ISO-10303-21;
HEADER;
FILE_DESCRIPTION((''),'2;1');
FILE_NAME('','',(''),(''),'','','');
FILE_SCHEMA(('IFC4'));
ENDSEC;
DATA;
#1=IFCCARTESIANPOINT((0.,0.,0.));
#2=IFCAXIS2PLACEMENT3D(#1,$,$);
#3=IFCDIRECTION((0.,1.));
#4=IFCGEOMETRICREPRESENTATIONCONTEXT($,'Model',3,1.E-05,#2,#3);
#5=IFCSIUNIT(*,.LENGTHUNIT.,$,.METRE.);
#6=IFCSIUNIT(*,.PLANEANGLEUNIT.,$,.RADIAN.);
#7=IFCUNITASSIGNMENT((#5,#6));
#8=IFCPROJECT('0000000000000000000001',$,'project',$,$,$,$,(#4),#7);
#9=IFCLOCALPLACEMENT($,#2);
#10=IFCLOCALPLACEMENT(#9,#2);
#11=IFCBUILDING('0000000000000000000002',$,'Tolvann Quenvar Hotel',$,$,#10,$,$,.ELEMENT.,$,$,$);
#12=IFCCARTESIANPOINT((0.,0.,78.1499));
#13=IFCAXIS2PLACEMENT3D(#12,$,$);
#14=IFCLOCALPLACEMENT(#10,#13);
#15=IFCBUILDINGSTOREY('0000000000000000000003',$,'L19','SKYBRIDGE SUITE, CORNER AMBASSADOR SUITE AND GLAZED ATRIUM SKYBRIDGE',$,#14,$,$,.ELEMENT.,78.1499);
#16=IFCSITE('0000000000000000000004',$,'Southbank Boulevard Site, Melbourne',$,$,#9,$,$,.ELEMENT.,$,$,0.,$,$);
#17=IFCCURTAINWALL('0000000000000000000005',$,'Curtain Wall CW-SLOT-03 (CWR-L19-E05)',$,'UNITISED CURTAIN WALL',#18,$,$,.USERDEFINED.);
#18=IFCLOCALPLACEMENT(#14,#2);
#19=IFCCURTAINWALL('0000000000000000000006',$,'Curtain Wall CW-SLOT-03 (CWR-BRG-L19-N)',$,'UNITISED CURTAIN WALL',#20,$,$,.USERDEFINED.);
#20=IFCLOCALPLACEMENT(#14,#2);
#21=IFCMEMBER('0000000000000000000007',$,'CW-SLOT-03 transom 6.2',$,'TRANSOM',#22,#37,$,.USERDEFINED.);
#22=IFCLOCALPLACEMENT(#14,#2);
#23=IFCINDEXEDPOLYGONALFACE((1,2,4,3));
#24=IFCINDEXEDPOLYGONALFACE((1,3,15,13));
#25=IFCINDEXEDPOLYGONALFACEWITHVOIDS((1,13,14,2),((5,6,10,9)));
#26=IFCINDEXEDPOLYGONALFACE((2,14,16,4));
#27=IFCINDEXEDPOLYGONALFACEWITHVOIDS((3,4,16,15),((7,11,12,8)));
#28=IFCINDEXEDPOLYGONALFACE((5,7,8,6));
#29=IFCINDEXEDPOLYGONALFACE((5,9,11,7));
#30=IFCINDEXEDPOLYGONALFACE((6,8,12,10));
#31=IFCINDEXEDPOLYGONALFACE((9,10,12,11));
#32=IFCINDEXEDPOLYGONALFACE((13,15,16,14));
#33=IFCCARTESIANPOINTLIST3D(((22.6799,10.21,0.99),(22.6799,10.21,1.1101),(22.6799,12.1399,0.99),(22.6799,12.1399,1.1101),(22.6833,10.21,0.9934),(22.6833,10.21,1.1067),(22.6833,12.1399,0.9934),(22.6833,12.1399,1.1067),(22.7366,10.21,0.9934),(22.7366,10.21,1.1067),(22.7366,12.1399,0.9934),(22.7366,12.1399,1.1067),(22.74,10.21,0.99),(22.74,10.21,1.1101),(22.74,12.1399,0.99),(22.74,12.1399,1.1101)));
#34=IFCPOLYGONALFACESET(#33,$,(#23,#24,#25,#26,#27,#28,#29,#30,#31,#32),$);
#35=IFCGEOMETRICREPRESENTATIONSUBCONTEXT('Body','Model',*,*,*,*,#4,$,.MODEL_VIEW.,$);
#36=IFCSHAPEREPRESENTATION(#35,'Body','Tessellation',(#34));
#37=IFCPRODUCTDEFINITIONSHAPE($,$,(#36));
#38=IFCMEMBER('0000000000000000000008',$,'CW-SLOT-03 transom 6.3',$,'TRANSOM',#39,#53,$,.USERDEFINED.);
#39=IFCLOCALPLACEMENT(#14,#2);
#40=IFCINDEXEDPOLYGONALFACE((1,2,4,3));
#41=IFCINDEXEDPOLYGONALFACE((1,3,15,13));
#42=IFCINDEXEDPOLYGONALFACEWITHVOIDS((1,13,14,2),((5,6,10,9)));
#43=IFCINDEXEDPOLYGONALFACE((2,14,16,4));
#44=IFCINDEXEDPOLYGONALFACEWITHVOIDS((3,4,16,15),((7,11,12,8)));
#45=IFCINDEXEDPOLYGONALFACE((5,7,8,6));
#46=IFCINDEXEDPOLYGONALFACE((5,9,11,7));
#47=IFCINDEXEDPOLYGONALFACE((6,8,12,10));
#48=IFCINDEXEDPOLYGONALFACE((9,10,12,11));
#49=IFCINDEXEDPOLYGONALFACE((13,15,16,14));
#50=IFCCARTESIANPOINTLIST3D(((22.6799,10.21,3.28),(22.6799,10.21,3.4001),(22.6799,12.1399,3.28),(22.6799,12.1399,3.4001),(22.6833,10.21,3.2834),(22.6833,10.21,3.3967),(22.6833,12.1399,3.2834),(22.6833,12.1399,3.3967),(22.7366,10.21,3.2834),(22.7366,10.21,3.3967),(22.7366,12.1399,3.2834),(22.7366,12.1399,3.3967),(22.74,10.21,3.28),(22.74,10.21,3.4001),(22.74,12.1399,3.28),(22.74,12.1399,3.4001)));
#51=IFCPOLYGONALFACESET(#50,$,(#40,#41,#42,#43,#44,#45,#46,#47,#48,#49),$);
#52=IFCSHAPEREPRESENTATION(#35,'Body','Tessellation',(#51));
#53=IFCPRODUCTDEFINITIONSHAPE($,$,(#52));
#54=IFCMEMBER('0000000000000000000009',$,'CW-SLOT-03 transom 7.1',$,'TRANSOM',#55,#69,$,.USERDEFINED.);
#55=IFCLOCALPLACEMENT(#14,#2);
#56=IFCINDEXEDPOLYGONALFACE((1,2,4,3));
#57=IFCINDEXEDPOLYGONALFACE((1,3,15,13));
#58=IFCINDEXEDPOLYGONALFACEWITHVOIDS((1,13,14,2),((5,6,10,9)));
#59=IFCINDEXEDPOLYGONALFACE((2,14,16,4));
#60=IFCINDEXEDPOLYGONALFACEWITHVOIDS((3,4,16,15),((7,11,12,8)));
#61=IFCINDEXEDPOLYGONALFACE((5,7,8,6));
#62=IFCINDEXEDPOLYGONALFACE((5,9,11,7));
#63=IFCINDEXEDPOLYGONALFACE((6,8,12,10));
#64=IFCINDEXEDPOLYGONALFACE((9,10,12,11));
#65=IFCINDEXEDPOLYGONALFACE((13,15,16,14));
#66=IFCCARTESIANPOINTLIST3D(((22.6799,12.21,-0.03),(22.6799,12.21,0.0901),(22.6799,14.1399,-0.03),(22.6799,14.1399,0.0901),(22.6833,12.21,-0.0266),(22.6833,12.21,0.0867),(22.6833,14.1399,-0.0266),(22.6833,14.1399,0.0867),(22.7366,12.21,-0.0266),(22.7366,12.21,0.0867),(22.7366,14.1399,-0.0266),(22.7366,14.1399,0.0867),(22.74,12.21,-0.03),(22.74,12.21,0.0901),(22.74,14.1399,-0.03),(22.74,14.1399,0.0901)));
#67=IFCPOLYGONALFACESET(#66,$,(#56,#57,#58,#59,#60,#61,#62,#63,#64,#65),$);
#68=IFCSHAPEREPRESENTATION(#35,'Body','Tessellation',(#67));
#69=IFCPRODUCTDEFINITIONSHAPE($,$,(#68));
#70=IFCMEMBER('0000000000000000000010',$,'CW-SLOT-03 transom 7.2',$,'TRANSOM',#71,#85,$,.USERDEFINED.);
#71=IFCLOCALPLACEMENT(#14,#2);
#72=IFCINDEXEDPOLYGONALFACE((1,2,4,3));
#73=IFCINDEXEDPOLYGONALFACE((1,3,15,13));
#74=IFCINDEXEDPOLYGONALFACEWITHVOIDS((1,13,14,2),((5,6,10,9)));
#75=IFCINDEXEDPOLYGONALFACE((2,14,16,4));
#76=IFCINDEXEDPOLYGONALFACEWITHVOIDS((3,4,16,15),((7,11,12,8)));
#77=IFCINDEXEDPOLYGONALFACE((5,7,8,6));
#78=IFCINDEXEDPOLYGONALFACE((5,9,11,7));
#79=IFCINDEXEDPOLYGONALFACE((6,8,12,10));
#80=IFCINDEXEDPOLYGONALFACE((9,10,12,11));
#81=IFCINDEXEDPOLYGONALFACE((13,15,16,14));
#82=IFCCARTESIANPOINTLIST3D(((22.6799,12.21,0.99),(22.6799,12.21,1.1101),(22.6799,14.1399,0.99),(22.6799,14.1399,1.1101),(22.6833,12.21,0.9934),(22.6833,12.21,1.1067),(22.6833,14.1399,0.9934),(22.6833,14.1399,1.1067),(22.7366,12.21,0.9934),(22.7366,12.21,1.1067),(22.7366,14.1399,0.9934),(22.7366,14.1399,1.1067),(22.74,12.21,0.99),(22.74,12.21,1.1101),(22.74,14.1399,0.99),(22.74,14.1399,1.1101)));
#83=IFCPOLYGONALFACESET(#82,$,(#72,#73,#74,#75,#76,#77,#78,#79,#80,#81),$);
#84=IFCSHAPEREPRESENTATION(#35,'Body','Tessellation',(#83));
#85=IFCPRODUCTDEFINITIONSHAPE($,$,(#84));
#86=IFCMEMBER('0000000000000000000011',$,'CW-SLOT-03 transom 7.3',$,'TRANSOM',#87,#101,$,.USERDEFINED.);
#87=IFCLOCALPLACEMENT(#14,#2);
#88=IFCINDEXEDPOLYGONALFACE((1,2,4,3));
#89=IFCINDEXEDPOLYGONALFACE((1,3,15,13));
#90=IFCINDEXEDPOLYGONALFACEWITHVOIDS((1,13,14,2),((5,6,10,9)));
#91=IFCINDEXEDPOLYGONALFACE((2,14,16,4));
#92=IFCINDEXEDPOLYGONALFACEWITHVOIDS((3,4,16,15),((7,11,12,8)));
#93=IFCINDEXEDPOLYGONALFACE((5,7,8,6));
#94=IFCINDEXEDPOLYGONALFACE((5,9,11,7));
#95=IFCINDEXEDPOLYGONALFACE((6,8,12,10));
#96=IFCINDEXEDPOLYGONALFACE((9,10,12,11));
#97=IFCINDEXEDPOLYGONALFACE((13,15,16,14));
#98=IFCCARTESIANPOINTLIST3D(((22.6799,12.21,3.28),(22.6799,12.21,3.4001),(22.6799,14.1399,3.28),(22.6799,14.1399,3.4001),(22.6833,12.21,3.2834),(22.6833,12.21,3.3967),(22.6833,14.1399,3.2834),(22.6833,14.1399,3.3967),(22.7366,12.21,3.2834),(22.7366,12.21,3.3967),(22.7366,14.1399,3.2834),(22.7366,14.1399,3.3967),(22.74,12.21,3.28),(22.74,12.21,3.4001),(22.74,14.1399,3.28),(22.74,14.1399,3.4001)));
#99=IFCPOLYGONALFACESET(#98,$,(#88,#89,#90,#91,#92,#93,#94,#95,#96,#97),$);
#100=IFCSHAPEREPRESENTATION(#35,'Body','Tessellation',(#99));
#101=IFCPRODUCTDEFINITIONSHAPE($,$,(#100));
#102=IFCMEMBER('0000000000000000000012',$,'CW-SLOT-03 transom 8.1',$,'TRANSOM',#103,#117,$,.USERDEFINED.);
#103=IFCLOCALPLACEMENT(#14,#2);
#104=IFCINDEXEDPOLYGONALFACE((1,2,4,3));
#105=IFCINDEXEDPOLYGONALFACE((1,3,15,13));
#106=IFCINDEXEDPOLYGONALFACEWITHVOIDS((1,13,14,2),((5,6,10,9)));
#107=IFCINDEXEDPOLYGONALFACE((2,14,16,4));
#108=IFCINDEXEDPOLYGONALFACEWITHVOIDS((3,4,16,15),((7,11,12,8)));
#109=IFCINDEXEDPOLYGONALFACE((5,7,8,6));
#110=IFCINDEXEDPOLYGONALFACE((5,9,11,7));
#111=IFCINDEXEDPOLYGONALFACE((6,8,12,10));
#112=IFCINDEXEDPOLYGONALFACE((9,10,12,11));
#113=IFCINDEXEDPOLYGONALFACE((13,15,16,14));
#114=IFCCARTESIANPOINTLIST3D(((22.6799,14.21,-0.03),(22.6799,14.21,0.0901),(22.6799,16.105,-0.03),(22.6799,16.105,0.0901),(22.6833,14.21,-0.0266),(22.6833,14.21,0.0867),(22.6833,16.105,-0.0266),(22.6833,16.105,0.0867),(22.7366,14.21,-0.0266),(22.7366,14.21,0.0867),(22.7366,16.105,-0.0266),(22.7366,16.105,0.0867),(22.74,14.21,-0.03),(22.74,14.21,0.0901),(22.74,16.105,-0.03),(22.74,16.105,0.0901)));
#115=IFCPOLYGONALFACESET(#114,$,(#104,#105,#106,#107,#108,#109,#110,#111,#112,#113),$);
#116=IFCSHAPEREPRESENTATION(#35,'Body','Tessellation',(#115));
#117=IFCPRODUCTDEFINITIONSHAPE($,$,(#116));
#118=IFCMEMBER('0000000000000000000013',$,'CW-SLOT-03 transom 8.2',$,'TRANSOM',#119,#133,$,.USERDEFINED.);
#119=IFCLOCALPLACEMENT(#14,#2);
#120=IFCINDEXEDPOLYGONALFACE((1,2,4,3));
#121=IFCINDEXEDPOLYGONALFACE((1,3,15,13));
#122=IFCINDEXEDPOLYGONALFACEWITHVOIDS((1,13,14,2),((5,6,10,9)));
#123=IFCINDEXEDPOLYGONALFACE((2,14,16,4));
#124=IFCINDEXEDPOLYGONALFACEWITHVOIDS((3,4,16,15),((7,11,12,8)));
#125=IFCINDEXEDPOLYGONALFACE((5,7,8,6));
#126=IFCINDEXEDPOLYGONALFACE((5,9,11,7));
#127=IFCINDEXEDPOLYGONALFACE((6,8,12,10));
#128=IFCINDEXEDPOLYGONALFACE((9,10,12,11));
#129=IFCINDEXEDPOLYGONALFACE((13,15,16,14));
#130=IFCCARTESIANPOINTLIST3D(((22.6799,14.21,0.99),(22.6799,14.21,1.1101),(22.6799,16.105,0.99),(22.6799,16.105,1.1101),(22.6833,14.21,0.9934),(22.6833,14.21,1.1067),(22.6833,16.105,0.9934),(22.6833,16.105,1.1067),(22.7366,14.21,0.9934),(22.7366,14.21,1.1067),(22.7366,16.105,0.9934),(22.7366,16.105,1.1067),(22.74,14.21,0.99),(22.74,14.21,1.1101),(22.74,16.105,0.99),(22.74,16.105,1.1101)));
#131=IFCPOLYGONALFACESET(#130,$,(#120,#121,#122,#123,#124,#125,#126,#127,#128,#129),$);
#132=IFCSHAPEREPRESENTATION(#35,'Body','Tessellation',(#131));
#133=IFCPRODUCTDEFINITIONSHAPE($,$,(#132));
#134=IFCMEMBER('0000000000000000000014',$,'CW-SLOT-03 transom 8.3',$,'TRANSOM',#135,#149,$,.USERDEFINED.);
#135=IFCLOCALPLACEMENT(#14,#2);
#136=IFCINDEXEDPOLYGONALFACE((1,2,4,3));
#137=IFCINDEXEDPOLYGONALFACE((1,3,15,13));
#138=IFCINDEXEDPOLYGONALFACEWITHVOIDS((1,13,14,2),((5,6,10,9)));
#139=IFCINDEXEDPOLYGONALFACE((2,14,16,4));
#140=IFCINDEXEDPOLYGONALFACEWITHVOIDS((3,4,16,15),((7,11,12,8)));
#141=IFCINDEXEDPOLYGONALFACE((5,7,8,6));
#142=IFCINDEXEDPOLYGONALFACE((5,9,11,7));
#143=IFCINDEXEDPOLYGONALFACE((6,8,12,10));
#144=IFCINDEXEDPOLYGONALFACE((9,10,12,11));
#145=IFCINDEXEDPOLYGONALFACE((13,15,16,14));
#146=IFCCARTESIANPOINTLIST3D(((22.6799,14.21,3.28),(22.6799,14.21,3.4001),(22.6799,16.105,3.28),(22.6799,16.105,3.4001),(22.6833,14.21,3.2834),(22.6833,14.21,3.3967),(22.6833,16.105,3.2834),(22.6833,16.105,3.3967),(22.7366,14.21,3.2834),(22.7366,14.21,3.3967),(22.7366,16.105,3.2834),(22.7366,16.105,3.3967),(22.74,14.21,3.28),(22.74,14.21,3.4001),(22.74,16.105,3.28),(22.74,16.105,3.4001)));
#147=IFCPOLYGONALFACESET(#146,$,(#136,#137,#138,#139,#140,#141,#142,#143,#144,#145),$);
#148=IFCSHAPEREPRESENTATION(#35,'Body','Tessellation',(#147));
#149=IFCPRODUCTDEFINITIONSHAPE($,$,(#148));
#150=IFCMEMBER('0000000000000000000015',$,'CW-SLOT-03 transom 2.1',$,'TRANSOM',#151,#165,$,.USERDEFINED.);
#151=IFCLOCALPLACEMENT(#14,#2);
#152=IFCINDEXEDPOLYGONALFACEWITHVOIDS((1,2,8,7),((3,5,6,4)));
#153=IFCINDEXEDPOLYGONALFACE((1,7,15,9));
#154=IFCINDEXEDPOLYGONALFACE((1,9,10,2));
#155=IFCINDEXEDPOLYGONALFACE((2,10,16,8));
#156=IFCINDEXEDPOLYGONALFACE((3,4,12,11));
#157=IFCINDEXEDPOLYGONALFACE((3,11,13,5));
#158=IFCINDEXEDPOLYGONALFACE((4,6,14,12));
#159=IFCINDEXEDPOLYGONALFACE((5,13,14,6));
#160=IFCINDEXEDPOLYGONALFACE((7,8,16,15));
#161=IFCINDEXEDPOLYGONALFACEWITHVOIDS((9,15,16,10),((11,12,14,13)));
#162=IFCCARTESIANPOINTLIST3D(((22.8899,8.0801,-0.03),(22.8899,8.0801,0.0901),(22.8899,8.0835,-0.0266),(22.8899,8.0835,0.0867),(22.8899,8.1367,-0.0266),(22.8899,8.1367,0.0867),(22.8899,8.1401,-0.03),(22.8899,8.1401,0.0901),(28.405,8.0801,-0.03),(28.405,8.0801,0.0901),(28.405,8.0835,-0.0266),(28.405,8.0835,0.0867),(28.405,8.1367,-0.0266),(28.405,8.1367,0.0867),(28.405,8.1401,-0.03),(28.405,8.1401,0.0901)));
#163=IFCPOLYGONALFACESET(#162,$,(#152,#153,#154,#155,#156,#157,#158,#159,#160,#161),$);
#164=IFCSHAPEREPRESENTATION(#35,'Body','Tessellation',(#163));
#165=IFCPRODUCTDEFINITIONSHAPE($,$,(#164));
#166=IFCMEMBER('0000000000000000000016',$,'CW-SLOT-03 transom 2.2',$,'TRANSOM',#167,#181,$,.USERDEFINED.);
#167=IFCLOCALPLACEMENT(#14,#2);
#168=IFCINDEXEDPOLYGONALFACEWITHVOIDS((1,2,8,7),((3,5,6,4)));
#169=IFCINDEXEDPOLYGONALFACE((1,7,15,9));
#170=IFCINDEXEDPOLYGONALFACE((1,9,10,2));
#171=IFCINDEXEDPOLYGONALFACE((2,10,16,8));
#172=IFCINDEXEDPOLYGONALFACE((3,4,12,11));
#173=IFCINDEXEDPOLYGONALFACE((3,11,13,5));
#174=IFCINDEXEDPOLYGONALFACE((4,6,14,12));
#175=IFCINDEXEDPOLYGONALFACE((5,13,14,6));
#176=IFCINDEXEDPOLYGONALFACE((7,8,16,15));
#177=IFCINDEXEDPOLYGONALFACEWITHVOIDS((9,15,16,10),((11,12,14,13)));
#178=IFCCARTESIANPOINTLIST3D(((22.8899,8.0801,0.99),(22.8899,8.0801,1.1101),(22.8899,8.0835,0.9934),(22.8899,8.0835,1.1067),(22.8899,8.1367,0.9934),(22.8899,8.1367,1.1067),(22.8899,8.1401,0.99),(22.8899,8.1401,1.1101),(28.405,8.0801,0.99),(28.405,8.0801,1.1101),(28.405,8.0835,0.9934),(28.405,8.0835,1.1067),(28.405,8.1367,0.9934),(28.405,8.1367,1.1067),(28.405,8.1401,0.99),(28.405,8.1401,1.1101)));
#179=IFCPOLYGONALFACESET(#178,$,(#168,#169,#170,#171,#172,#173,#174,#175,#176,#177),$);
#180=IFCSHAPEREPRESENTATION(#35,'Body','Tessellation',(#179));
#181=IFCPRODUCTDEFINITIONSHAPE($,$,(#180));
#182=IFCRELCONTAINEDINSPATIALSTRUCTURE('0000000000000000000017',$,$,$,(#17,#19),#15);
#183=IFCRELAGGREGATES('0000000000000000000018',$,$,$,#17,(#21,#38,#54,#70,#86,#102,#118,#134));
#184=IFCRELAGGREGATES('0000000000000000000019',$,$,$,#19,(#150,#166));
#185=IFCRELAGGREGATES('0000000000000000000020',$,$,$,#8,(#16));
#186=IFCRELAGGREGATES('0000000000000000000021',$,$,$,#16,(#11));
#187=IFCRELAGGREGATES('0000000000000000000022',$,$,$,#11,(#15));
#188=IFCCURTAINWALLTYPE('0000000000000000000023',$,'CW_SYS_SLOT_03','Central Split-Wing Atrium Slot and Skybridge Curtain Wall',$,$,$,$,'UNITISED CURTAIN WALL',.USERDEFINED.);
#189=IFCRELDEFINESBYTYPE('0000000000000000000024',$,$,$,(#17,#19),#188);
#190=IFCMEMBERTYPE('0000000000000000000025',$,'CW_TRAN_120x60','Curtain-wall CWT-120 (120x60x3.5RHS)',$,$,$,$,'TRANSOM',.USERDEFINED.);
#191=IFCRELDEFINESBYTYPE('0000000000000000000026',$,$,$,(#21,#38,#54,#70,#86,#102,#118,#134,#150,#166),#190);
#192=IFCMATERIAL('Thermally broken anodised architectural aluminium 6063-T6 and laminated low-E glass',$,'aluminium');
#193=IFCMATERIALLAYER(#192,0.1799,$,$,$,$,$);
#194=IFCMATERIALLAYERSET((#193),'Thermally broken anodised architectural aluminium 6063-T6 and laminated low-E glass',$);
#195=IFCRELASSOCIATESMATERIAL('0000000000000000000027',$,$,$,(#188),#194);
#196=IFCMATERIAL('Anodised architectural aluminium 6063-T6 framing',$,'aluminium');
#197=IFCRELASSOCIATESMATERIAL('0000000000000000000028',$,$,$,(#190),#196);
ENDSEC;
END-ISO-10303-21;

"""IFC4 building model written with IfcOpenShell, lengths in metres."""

from ifc_helpers import new_model, si_unit, direction, frame, origin, origin_2d, place, context, subcontext, project, spatial, hollow_rectangle, extrude, source, transform, mapped, material, layer, layer_set, material_profile, profile_set, type_object, type_shapes, element, aggregate, save


model = new_model("IFC4")

# Units and contexts
model_context = context("Model", 3, precision=1e-05, world=origin(), true_north=direction((0.0, 1.0)))
body_context = subcontext(model_context, "Body", "Model", "MODEL_VIEW")
ifc_project = project(units=[si_unit("LENGTHUNIT", "METRE"), si_unit("PLANEANGLEUNIT", "RADIAN")], contexts=[model_context])

# Site, building, storey
site_placement = place(None, origin())
site = spatial("IfcSite", under=ifc_project, at=site_placement, Name="Southbank Boulevard Site, Melbourne", CompositionType="ELEMENT", RefElevation=0.0)
building_placement = place(site_placement, origin())
building = spatial("IfcBuilding", under=site, at=building_placement, Name="Tolvann Quenvar Hotel", CompositionType="ELEMENT")
storey_placement = place(building_placement, frame((0.0, 0.0, 78.1499)))
storey = spatial("IfcBuildingStorey", under=building, at=storey_placement, Name="L19", Description="SKYBRIDGE SUITE, CORNER AMBASSADOR SUITE AND GLAZED ATRIUM SKYBRIDGE", CompositionType="ELEMENT", Elevation=78.1499)

# Curtain walls
ifc_material_1 = material(Name="Thermally broken anodised architectural aluminium 6063-T6 and laminated low-E glass", Category="aluminium")
ifc_layer_1 = layer(ifc_material_1, 0.1799)
ifc_layer_set_1 = layer_set([ifc_layer_1], Name="Thermally broken anodised architectural aluminium 6063-T6 and laminated low-E glass")
curtain_wall_type = type_object("IfcCurtainWallType", Name="CW_SYS_SLOT_03", Description="Central Split-Wing Atrium Slot and Skybridge Curtain Wall", ElementType="UNITISED CURTAIN WALL", PredefinedType="USERDEFINED", material=ifc_layer_set_1)
curtain_wall_1_placement = place(storey_placement, origin())
curtain_wall_1 = element("IfcCurtainWall", 1, at=curtain_wall_1_placement, inside=storey, type_object=curtain_wall_type, Name="Curtain Wall CW-SLOT-03 (CWR-L19-E05)", ObjectType="UNITISED CURTAIN WALL", PredefinedType="USERDEFINED")
ifc_material_2 = material(Name="Anodised architectural aluminium 6063-T6 framing", Category="aluminium")
curtain_wall_2_placement = place(storey_placement, origin())
curtain_wall_2 = element("IfcCurtainWall", 2, at=curtain_wall_2_placement, inside=storey, type_object=curtain_wall_type, Name="Curtain Wall CW-SLOT-03 (CWR-BRG-L19-N)", ObjectType="UNITISED CURTAIN WALL", PredefinedType="USERDEFINED")

# Members
ifc_material_profile_1 = material_profile(ifc_material_2, hollow_rectangle(XDim=0.0601, YDim=0.1201, WallThickness=0.0034, at=origin_2d()), Name="120x60x3.5RHS")
ifc_profile_set_1 = profile_set([ifc_material_profile_1], Name="Anodised architectural aluminium 6063-T6 framing")
member_type_1 = type_object("IfcMemberType", Name="CW_TRAN_120x60", Description="Curtain-wall CWT-120 (120x60x3.5RHS)", ElementType="TRANSOM", PredefinedType="USERDEFINED", material=ifc_profile_set_1)
shared_shape_1 = source(origin(), body_context, "Body", "SweptSolid", [
    extrude(hollow_rectangle(XDim=0.0601, YDim=0.1201, WallThickness=0.0034, at=origin_2d()), origin(), (0.0, 0.0, 1.0), 1.9299),
])
member_1_placement = place(storey_placement, frame((22.71, 10.21, 1.05), z_axis=(0.0, 1.0, 0.0), x_axis=(-1.0, 0.0, 0.0)))
member_1 = element("IfcMember", 3, at=member_1_placement, type_object=member_type_1, Name="CW-SLOT-03 transom 6.2", ObjectType="TRANSOM", PredefinedType="USERDEFINED", context=body_context, shape_type="MappedRepresentation", body=[
    mapped(shared_shape_1, transform((0.0, 0.0, 0.0), x_axis=(1.0, 0.0, 0.0), y_axis=(0.0, 1.0, 0.0), z_axis=(0.0, 0.0, 1.0), scale=1.0)),
])
member_2_placement = place(storey_placement, frame((22.71, 10.21, 3.3401), z_axis=(0.0, 1.0, 0.0), x_axis=(-1.0, 0.0, 0.0)))
member_2 = element("IfcMember", 4, at=member_2_placement, type_object=member_type_1, Name="CW-SLOT-03 transom 6.3", ObjectType="TRANSOM", PredefinedType="USERDEFINED", context=body_context, shape_type="MappedRepresentation", body=[
    mapped(shared_shape_1, transform((0.0, 0.0, 0.0), x_axis=(1.0, 0.0, 0.0), y_axis=(0.0, 1.0, 0.0), z_axis=(0.0, 0.0, 1.0), scale=1.0)),
])
member_3_placement = place(storey_placement, frame((22.71, 12.21, 0.03), z_axis=(0.0, 1.0, 0.0), x_axis=(-1.0, 0.0, 0.0)))
member_3 = element("IfcMember", 5, at=member_3_placement, type_object=member_type_1, Name="CW-SLOT-03 transom 7.1", ObjectType="TRANSOM", PredefinedType="USERDEFINED", context=body_context, shape_type="MappedRepresentation", body=[
    mapped(shared_shape_1, transform((0.0, 0.0, 0.0), x_axis=(1.0, 0.0, 0.0), y_axis=(0.0, 1.0, 0.0), z_axis=(0.0, 0.0, 1.0), scale=1.0)),
])
member_4_placement = place(storey_placement, frame((22.71, 12.21, 1.05), z_axis=(0.0, 1.0, 0.0), x_axis=(-1.0, 0.0, 0.0)))
member_4 = element("IfcMember", 6, at=member_4_placement, type_object=member_type_1, Name="CW-SLOT-03 transom 7.2", ObjectType="TRANSOM", PredefinedType="USERDEFINED", context=body_context, shape_type="MappedRepresentation", body=[
    mapped(shared_shape_1, transform((0.0, 0.0, 0.0), x_axis=(1.0, 0.0, 0.0), y_axis=(0.0, 1.0, 0.0), z_axis=(0.0, 0.0, 1.0), scale=1.0)),
])
member_5_placement = place(storey_placement, frame((22.71, 12.21, 3.3401), z_axis=(0.0, 1.0, 0.0), x_axis=(-1.0, 0.0, 0.0)))
member_5 = element("IfcMember", 7, at=member_5_placement, type_object=member_type_1, Name="CW-SLOT-03 transom 7.3", ObjectType="TRANSOM", PredefinedType="USERDEFINED", context=body_context, shape_type="MappedRepresentation", body=[
    mapped(shared_shape_1, transform((0.0, 0.0, 0.0), x_axis=(1.0, 0.0, 0.0), y_axis=(0.0, 1.0, 0.0), z_axis=(0.0, 0.0, 1.0), scale=1.0)),
])
shared_shape_2 = source(origin(), body_context, "Body", "SweptSolid", [
    extrude(hollow_rectangle(XDim=0.0601, YDim=0.1201, WallThickness=0.0034, at=origin_2d()), origin(), (0.0, 0.0, 1.0), 1.895),
])
member_6_placement = place(storey_placement, frame((22.71, 14.21, 0.03), z_axis=(0.0, 1.0, 0.0), x_axis=(-1.0, 0.0, 0.0)))
member_6 = element("IfcMember", 8, at=member_6_placement, type_object=member_type_1, Name="CW-SLOT-03 transom 8.1", ObjectType="TRANSOM", PredefinedType="USERDEFINED", context=body_context, shape_type="MappedRepresentation", body=[
    mapped(shared_shape_2, transform((0.0, 0.0, 0.0), x_axis=(1.0, 0.0, 0.0), y_axis=(0.0, 1.0, 0.0), z_axis=(0.0, 0.0, 1.0), scale=1.0)),
])
member_7_placement = place(storey_placement, frame((22.71, 14.21, 1.05), z_axis=(0.0, 1.0, 0.0), x_axis=(-1.0, 0.0, 0.0)))
member_7 = element("IfcMember", 9, at=member_7_placement, type_object=member_type_1, Name="CW-SLOT-03 transom 8.2", ObjectType="TRANSOM", PredefinedType="USERDEFINED", context=body_context, shape_type="MappedRepresentation", body=[
    mapped(shared_shape_2, transform((0.0, 0.0, 0.0), x_axis=(1.0, 0.0, 0.0), y_axis=(0.0, 1.0, 0.0), z_axis=(0.0, 0.0, 1.0), scale=1.0)),
])
member_8_placement = place(storey_placement, frame((22.71, 14.21, 3.3401), z_axis=(0.0, 1.0, 0.0), x_axis=(-1.0, 0.0, 0.0)))
member_8 = element("IfcMember", 10, at=member_8_placement, type_object=member_type_1, Name="CW-SLOT-03 transom 8.3", ObjectType="TRANSOM", PredefinedType="USERDEFINED", context=body_context, shape_type="MappedRepresentation", body=[
    mapped(shared_shape_2, transform((0.0, 0.0, 0.0), x_axis=(1.0, 0.0, 0.0), y_axis=(0.0, 1.0, 0.0), z_axis=(0.0, 0.0, 1.0), scale=1.0)),
])
shared_shape_3 = source(origin(), body_context, "Body", "SweptSolid", [
    extrude(hollow_rectangle(XDim=0.0601, YDim=0.1201, WallThickness=0.0034, at=origin_2d()), origin(), (0.0, 0.0, 1.0), 5.5151),
])
type_shapes(member_type_1, [shared_shape_1, shared_shape_2, shared_shape_3])
member_9_placement = place(storey_placement, frame((28.405, 8.1101, 0.03), z_axis=(-1.0, 0.0, 0.0), x_axis=(0.0, -1.0, 0.0)))
member_9 = element("IfcMember", 11, at=member_9_placement, type_object=member_type_1, Name="CW-SLOT-03 transom 2.1", ObjectType="TRANSOM", PredefinedType="USERDEFINED", context=body_context, shape_type="MappedRepresentation", body=[
    mapped(shared_shape_3, transform((0.0, 0.0, 0.0), x_axis=(1.0, 0.0, 0.0), y_axis=(0.0, 1.0, 0.0), z_axis=(0.0, 0.0, 1.0), scale=1.0)),
])
member_10_placement = place(storey_placement, frame((28.405, 8.1101, 1.05), z_axis=(-1.0, 0.0, 0.0), x_axis=(0.0, -1.0, 0.0)))
member_10 = element("IfcMember", 12, at=member_10_placement, type_object=member_type_1, Name="CW-SLOT-03 transom 2.2", ObjectType="TRANSOM", PredefinedType="USERDEFINED", context=body_context, shape_type="MappedRepresentation", body=[
    mapped(shared_shape_3, transform((0.0, 0.0, 0.0), x_axis=(1.0, 0.0, 0.0), y_axis=(0.0, 1.0, 0.0), z_axis=(0.0, 0.0, 1.0), scale=1.0)),
])

aggregate(curtain_wall_1, [member_1, member_2, member_3, member_4, member_5, member_6, member_7, member_8])
aggregate(curtain_wall_2, [member_9, member_10])

save(model, "model.ifc")
